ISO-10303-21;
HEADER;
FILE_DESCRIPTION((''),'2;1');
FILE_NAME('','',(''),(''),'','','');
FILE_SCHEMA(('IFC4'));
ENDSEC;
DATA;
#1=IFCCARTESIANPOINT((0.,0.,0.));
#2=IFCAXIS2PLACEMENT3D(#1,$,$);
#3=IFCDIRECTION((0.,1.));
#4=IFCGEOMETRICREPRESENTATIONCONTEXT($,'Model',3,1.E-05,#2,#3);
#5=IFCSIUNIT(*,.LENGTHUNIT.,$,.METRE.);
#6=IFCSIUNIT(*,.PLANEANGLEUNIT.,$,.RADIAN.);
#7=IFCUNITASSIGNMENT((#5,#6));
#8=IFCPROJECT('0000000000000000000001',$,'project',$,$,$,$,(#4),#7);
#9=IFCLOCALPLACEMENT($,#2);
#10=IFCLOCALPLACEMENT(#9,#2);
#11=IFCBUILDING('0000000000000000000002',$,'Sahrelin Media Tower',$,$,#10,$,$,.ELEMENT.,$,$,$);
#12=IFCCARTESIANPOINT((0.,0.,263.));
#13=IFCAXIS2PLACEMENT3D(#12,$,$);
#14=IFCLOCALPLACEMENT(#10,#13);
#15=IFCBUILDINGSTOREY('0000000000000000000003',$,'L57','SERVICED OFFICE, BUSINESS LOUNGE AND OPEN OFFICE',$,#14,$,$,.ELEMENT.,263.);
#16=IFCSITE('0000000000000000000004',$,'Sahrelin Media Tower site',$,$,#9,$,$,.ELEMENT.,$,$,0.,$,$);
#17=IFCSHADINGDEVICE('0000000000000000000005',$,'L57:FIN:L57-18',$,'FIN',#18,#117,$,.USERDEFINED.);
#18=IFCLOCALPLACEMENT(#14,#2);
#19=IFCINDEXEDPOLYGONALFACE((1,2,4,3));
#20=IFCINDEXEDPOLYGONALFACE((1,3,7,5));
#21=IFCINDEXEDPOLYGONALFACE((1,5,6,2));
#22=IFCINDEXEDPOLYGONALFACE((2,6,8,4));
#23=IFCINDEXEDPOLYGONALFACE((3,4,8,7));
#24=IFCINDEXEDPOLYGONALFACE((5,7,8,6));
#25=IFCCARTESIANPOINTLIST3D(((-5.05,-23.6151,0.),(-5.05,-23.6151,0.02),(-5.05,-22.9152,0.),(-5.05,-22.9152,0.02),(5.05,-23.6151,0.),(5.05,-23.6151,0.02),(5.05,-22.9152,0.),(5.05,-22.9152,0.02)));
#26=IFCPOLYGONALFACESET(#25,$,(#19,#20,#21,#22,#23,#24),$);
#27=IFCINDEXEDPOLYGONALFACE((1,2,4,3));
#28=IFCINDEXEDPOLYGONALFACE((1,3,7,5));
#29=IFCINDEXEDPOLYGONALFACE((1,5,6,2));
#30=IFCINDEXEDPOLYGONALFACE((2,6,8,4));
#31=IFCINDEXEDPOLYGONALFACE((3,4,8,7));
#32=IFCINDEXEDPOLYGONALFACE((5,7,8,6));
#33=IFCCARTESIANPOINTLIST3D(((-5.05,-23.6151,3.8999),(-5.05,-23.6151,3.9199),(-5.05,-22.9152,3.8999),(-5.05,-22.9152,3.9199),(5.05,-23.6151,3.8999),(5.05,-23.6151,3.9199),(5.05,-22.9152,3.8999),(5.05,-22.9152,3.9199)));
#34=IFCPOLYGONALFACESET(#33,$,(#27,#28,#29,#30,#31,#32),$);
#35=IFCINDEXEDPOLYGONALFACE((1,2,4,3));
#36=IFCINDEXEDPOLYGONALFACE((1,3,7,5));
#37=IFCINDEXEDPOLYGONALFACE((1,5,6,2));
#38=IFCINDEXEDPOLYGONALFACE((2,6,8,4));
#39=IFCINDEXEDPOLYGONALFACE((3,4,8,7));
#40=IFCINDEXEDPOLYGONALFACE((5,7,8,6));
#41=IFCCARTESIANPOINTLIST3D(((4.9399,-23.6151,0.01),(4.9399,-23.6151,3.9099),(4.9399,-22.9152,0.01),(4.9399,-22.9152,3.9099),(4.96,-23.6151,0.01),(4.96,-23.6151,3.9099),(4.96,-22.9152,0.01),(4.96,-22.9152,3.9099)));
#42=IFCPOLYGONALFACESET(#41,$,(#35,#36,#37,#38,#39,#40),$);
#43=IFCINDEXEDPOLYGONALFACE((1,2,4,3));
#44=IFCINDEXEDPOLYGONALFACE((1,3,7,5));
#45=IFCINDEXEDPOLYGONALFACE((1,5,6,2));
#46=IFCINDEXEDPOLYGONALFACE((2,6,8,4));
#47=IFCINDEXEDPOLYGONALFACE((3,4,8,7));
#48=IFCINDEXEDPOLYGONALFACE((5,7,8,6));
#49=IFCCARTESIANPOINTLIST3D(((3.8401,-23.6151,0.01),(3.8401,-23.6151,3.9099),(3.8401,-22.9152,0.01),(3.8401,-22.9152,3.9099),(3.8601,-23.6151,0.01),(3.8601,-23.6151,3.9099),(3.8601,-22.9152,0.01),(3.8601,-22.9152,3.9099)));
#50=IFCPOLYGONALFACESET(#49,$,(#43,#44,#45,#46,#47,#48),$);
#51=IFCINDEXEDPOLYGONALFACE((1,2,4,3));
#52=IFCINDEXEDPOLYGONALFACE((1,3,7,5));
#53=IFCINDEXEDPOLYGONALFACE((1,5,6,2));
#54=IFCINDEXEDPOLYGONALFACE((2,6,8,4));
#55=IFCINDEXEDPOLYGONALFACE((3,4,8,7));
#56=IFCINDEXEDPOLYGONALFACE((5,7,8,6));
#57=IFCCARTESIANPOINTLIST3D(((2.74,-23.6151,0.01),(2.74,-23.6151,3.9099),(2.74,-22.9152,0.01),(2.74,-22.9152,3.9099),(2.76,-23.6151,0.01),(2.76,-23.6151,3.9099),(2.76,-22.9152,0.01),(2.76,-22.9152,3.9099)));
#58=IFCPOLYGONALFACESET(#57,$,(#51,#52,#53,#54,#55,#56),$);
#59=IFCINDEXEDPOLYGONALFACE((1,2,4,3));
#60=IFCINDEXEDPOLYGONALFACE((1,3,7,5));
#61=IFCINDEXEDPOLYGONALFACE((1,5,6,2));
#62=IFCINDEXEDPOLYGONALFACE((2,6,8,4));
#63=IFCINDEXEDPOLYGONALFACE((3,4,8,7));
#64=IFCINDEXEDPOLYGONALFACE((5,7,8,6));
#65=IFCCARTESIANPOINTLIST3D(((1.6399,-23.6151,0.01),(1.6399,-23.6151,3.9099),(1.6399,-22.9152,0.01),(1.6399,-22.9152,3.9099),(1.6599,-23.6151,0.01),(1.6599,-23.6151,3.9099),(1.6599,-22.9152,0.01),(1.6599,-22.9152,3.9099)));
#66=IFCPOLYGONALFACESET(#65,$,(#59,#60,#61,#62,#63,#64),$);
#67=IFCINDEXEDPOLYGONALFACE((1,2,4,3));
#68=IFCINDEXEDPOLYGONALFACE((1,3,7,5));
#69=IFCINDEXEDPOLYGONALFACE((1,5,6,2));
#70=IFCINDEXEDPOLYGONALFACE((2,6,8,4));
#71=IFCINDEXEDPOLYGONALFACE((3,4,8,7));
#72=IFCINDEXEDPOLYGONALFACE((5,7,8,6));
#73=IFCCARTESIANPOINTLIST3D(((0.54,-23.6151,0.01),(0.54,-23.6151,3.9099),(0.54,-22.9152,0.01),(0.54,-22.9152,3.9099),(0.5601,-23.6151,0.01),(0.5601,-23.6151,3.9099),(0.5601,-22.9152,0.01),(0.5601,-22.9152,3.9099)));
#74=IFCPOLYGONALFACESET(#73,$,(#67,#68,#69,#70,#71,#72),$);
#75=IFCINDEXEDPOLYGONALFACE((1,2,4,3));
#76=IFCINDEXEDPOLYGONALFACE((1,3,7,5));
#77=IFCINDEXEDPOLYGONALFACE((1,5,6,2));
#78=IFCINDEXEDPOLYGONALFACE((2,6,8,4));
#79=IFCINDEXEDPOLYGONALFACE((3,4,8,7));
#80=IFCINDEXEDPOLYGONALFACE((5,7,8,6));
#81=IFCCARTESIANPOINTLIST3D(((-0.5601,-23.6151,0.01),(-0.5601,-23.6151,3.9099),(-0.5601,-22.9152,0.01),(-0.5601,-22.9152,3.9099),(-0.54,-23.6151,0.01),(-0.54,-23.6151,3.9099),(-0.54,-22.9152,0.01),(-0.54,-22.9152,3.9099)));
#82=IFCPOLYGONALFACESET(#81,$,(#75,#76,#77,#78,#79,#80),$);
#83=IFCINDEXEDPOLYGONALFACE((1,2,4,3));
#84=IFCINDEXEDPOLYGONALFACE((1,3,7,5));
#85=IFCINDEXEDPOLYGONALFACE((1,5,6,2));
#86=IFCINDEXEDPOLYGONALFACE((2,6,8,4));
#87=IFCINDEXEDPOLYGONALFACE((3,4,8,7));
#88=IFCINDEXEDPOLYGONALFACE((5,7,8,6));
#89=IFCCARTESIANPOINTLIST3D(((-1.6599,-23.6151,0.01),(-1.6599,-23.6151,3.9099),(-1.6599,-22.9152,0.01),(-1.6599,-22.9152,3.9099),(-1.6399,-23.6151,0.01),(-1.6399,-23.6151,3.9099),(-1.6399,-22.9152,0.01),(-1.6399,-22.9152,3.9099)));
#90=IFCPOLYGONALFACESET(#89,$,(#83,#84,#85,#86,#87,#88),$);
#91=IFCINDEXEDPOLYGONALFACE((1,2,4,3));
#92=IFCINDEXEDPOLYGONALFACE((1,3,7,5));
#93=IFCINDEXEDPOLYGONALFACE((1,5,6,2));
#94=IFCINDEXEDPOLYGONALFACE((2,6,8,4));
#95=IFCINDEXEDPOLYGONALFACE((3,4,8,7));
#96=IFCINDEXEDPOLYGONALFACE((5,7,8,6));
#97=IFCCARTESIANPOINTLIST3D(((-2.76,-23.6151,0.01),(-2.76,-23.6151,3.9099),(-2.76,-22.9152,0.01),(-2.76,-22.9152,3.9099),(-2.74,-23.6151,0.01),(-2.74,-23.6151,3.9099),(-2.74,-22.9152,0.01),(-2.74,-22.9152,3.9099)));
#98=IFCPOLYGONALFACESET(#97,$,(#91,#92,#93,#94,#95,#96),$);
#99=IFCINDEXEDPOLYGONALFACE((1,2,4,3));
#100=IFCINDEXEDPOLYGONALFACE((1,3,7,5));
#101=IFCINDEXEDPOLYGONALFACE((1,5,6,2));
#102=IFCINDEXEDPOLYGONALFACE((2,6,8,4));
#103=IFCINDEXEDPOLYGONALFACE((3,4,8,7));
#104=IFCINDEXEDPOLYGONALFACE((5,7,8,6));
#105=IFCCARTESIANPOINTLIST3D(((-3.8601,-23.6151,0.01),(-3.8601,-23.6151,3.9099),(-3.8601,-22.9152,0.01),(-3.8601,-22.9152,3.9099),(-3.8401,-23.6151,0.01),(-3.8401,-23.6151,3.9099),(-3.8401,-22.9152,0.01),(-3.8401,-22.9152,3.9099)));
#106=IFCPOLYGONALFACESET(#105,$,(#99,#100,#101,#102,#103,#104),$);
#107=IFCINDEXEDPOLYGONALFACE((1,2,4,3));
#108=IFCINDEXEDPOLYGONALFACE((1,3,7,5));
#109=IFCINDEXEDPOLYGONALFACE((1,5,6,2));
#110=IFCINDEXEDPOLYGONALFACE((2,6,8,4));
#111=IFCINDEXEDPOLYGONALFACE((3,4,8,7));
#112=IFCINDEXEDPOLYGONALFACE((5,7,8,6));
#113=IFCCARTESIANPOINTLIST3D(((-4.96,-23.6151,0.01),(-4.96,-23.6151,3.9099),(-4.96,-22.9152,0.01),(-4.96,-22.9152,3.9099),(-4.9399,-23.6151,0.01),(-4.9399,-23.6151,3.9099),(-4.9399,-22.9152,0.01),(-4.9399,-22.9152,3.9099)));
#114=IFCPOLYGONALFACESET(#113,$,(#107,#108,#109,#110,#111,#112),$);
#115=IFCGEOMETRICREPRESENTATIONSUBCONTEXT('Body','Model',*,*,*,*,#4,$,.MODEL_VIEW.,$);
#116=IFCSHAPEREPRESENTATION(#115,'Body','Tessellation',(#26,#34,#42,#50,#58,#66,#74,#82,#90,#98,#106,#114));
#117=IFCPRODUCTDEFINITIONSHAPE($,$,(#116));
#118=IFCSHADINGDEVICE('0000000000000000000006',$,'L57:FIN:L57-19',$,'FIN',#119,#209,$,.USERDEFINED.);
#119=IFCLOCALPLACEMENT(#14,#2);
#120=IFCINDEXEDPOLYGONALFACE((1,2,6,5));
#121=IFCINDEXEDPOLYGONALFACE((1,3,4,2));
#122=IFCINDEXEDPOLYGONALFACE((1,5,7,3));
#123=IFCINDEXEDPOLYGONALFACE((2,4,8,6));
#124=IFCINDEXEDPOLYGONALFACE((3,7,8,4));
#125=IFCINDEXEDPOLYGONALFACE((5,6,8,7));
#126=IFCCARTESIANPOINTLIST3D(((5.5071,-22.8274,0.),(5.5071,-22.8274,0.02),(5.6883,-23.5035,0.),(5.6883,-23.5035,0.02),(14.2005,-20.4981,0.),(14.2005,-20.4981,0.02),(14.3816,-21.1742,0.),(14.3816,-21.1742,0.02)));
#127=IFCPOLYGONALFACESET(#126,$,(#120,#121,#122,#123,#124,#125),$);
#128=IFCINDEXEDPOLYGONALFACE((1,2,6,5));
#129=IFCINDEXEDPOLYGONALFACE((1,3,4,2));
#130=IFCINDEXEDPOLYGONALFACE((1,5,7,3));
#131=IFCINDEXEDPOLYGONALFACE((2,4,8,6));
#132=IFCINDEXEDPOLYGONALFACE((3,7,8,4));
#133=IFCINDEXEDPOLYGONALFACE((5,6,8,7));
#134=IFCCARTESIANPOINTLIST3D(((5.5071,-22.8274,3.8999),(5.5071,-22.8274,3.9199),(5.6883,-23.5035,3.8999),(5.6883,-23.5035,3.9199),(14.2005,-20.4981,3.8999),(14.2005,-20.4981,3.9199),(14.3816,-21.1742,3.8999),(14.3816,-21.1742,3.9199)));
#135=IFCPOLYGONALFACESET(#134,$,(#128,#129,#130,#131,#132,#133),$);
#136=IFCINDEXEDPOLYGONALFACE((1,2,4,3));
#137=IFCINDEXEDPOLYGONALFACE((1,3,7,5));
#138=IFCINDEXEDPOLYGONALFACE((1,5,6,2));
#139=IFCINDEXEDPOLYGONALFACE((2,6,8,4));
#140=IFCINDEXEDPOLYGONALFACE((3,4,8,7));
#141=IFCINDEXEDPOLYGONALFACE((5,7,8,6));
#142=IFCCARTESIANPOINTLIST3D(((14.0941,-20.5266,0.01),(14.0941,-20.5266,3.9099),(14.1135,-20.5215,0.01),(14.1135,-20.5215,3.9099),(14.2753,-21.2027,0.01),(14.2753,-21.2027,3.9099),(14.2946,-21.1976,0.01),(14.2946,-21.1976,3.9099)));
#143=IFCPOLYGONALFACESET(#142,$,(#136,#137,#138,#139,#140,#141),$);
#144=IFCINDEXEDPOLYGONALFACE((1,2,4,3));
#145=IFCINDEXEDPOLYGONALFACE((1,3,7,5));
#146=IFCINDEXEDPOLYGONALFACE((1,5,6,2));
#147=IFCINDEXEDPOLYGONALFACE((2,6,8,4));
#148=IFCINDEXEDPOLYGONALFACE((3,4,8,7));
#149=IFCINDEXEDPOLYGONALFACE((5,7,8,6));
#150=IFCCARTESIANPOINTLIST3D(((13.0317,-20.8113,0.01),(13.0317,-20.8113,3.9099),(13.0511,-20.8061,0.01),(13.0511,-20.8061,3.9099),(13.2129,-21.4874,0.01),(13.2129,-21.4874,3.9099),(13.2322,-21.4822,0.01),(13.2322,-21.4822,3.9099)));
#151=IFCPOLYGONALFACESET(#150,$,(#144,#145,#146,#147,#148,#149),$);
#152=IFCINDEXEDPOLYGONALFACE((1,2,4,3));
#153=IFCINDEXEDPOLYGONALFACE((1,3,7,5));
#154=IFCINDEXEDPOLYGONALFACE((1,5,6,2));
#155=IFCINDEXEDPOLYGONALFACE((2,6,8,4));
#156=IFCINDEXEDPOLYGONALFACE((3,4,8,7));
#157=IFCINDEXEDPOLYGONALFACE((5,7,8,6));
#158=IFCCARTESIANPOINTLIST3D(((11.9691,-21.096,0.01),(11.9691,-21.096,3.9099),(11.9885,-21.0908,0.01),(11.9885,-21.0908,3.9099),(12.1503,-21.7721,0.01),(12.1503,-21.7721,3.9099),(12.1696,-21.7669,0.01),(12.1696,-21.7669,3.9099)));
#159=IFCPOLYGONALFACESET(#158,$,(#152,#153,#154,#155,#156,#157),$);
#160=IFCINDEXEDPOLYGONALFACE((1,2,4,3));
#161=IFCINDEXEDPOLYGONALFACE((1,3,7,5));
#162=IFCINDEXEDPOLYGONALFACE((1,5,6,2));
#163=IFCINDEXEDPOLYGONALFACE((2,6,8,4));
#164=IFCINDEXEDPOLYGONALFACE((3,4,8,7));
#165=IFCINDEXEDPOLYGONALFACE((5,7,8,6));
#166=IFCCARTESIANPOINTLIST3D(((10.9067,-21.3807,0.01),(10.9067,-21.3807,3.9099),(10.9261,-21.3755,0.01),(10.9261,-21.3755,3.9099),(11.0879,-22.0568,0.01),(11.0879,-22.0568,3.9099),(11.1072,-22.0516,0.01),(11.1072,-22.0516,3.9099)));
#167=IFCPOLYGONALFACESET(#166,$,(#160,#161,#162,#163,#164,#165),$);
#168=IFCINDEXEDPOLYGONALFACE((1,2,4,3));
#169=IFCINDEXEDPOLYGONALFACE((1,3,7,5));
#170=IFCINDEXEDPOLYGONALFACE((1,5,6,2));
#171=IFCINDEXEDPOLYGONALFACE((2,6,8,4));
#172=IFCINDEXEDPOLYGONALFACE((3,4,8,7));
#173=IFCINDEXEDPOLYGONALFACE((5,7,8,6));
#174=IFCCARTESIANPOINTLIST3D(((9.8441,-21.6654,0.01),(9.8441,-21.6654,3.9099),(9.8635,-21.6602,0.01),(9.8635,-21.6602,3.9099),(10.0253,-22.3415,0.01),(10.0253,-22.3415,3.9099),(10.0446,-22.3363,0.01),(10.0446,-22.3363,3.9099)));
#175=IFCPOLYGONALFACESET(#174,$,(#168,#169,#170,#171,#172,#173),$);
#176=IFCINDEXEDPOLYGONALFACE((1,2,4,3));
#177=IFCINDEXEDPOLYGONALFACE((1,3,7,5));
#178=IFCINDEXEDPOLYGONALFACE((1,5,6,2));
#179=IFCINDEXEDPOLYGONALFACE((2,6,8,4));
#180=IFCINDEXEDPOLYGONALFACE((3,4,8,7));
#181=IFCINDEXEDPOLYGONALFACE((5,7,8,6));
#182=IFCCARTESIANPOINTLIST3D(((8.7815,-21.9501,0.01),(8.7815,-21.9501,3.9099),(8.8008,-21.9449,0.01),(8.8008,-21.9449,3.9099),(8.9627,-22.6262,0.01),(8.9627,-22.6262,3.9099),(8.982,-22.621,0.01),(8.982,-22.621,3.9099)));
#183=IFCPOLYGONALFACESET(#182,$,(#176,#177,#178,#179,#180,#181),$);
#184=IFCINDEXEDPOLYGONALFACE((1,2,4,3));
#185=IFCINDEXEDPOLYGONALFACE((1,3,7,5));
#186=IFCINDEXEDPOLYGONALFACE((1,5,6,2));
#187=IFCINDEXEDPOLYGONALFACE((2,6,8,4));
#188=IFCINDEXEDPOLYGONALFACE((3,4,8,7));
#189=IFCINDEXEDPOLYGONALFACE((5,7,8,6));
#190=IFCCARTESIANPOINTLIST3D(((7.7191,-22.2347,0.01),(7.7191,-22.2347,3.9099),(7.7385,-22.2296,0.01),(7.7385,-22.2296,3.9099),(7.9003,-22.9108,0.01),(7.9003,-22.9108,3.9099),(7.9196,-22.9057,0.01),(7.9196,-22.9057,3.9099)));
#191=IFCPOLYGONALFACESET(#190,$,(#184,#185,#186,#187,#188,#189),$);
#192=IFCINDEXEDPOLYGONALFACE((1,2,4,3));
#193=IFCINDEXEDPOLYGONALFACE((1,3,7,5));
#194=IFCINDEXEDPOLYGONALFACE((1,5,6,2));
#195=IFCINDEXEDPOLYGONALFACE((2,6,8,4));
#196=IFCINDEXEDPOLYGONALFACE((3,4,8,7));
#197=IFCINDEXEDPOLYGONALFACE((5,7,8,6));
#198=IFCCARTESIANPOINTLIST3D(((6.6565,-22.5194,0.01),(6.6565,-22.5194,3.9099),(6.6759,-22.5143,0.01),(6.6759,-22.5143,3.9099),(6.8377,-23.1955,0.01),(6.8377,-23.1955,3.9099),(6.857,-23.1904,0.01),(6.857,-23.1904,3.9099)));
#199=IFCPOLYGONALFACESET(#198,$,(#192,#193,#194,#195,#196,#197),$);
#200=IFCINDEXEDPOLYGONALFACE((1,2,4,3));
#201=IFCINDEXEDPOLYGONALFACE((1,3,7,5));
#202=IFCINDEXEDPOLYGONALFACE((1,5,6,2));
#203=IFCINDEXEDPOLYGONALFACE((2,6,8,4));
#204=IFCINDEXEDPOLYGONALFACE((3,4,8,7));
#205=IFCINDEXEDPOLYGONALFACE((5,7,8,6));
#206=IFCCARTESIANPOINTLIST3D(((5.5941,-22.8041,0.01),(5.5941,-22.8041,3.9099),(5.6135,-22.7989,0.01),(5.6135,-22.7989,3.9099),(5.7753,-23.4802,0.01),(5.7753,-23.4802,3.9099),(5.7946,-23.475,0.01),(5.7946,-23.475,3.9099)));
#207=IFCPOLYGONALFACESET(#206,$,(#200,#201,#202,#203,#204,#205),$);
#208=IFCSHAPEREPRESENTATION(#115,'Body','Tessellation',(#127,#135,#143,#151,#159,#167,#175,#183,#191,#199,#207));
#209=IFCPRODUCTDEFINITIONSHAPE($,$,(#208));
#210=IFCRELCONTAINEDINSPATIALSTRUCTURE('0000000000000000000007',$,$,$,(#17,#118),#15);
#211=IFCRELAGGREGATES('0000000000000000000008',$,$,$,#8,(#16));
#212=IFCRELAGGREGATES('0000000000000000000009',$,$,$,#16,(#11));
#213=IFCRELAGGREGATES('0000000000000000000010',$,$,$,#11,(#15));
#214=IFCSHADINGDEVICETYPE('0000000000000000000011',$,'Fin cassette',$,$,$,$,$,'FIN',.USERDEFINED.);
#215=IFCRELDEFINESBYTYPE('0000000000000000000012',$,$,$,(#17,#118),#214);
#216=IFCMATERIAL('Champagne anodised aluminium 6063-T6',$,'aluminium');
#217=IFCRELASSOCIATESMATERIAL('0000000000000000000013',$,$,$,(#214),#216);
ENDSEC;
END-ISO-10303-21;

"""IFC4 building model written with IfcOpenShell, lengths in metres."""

from ifc_helpers import new_model, si_unit, direction, frame, origin, origin_2d, place, context, subcontext, project, spatial, rectangle, extrude, material, type_object, element, save


model = new_model("IFC4")

# Units and contexts
model_context = context("Model", 3, precision=1e-05, world=origin(), true_north=direction((0.0, 1.0)))
body_context = subcontext(model_context, "Body", "Model", "MODEL_VIEW")
ifc_project = project(units=[si_unit("LENGTHUNIT", "METRE"), si_unit("PLANEANGLEUNIT", "RADIAN")], contexts=[model_context])

# Site, building, storey
site_placement = place(None, origin())
site = spatial("IfcSite", under=ifc_project, at=site_placement, Name="Sahrelin Media Tower site", CompositionType="ELEMENT", RefElevation=0.0)
building_placement = place(site_placement, origin())
building = spatial("IfcBuilding", under=site, at=building_placement, Name="Sahrelin Media Tower", CompositionType="ELEMENT")
storey_placement = place(building_placement, frame((0.0, 0.0, 263.0)))
storey = spatial("IfcBuildingStorey", under=building, at=storey_placement, Name="L57", Description="SERVICED OFFICE, BUSINESS LOUNGE AND OPEN OFFICE", CompositionType="ELEMENT", Elevation=263.0)

# Shared definitions
ifc_material_1 = material(Name="Champagne anodised aluminium 6063-T6", Category="aluminium")

# Shading devices
shading_device_type_1 = type_object("IfcShadingDeviceType", Name="Fin cassette", ElementType="FIN", PredefinedType="USERDEFINED", material=ifc_material_1)
placement_1 = place(storey_placement, frame((0.0, -22.8452, 0.0), z_axis=(0.0, 0.0, 1.0), x_axis=(-1.0, 0.0, 0.0)))
element("IfcShadingDevice", 1, at=placement_1, inside=storey, type_object=shading_device_type_1, Name="L57:FIN:L57-18", ObjectType="FIN", PredefinedType="USERDEFINED", context=body_context, shape_type="SweptSolid", body=[
    extrude(rectangle(XDim=10.1001, YDim=0.7, at=origin_2d()), frame((0.0, 0.4199, 0.0)), (0.0, 0.0, 1.0), 0.02),
    extrude(rectangle(XDim=10.1001, YDim=0.7, at=origin_2d()), frame((0.0, 0.4199, 3.8999)), (0.0, 0.0, 1.0), 0.02),
    extrude(rectangle(XDim=0.02, YDim=0.7, at=origin_2d()), frame((-4.95, 0.4199, 0.01), z_axis=(0.0, 0.0, 1.0), x_axis=(1.0, 0.0, 0.0)), (0.0, 0.0, 1.0), 3.8999),
    extrude(rectangle(XDim=0.02, YDim=0.7, at=origin_2d()), frame((-3.8501, 0.4199, 0.01), z_axis=(0.0, 0.0, 1.0), x_axis=(1.0, 0.0, 0.0)), (0.0, 0.0, 1.0), 3.8999),
    extrude(rectangle(XDim=0.02, YDim=0.7, at=origin_2d()), frame((-2.75, 0.4199, 0.01), z_axis=(0.0, 0.0, 1.0), x_axis=(1.0, 0.0, 0.0)), (0.0, 0.0, 1.0), 3.8999),
    extrude(rectangle(XDim=0.02, YDim=0.7, at=origin_2d()), frame((-1.6499, 0.4199, 0.01), z_axis=(0.0, 0.0, 1.0), x_axis=(1.0, 0.0, 0.0)), (0.0, 0.0, 1.0), 3.8999),
    extrude(rectangle(XDim=0.02, YDim=0.7, at=origin_2d()), frame((-0.55, 0.4199, 0.01), z_axis=(0.0, 0.0, 1.0), x_axis=(1.0, 0.0, 0.0)), (0.0, 0.0, 1.0), 3.8999),
    extrude(rectangle(XDim=0.02, YDim=0.7, at=origin_2d()), frame((0.55, 0.4199, 0.01), z_axis=(0.0, 0.0, 1.0), x_axis=(1.0, 0.0, 0.0)), (0.0, 0.0, 1.0), 3.8999),
    extrude(rectangle(XDim=0.02, YDim=0.7, at=origin_2d()), frame((1.6499, 0.4199, 0.01), z_axis=(0.0, 0.0, 1.0), x_axis=(1.0, 0.0, 0.0)), (0.0, 0.0, 1.0), 3.8999),
    extrude(rectangle(XDim=0.02, YDim=0.7, at=origin_2d()), frame((2.75, 0.4199, 0.01), z_axis=(0.0, 0.0, 1.0), x_axis=(1.0, 0.0, 0.0)), (0.0, 0.0, 1.0), 3.8999),
    extrude(rectangle(XDim=0.02, YDim=0.7, at=origin_2d()), frame((3.8501, 0.4199, 0.01), z_axis=(0.0, 0.0, 1.0), x_axis=(1.0, 0.0, 0.0)), (0.0, 0.0, 1.0), 3.8999),
    extrude(rectangle(XDim=0.02, YDim=0.7, at=origin_2d()), frame((4.95, 0.4199, 0.01), z_axis=(0.0, 0.0, 1.0), x_axis=(1.0, 0.0, 0.0)), (0.0, 0.0, 1.0), 3.8999),
])
placement_2 = place(storey_placement, frame((9.8357, -21.5952, 0.0), z_axis=(0.0, 0.0, 1.0), x_axis=(-0.965929, -0.258808, 0.0)))
element("IfcShadingDevice", 2, at=placement_2, inside=storey, type_object=shading_device_type_1, Name="L57:FIN:L57-19", ObjectType="FIN", PredefinedType="USERDEFINED", context=body_context, shape_type="SweptSolid", body=[
    extrude(rectangle(XDim=9.0, YDim=0.7, at=origin_2d()), frame((0.0, 0.4199, 0.0)), (0.0, 0.0, 1.0), 0.02),
    extrude(rectangle(XDim=9.0, YDim=0.7, at=origin_2d()), frame((0.0, 0.4199, 3.8999)), (0.0, 0.0, 1.0), 0.02),
    extrude(rectangle(XDim=0.02, YDim=0.7, at=origin_2d()), frame((-4.3999, 0.4199, 0.01), z_axis=(0.0, 0.0, 1.0), x_axis=(1.0, 0.0, 0.0)), (0.0, 0.0, 1.0), 3.8999),
    extrude(rectangle(XDim=0.02, YDim=0.7, at=origin_2d()), frame((-3.3, 0.4199, 0.01), z_axis=(0.0, 0.0, 1.0), x_axis=(1.0, 0.0, 0.0)), (0.0, 0.0, 1.0), 3.8999),
    extrude(rectangle(XDim=0.02, YDim=0.7, at=origin_2d()), frame((-2.2, 0.4199, 0.01), z_axis=(0.0, 0.0, 1.0), x_axis=(1.0, 0.0, 0.0)), (0.0, 0.0, 1.0), 3.8999),
    extrude(rectangle(XDim=0.02, YDim=0.7, at=origin_2d()), frame((-1.1001, 0.4199, 0.01), z_axis=(0.0, 0.0, 1.0), x_axis=(1.0, 0.0, 0.0)), (0.0, 0.0, 1.0), 3.8999),
    extrude(rectangle(XDim=0.02, YDim=0.7, at=origin_2d()), frame((0.0, 0.4199, 0.01), z_axis=(0.0, 0.0, 1.0), x_axis=(1.0, 0.0, 0.0)), (0.0, 0.0, 1.0), 3.8999),
    extrude(rectangle(XDim=0.02, YDim=0.7, at=origin_2d()), frame((1.1001, 0.4199, 0.01), z_axis=(0.0, 0.0, 1.0), x_axis=(1.0, 0.0, 0.0)), (0.0, 0.0, 1.0), 3.8999),
    extrude(rectangle(XDim=0.02, YDim=0.7, at=origin_2d()), frame((2.2, 0.4199, 0.01), z_axis=(0.0, 0.0, 1.0), x_axis=(1.0, 0.0, 0.0)), (0.0, 0.0, 1.0), 3.8999),
    extrude(rectangle(XDim=0.02, YDim=0.7, at=origin_2d()), frame((3.3, 0.4199, 0.01), z_axis=(0.0, 0.0, 1.0), x_axis=(1.0, 0.0, 0.0)), (0.0, 0.0, 1.0), 3.8999),
    extrude(rectangle(XDim=0.02, YDim=0.7, at=origin_2d()), frame((4.3999, 0.4199, 0.01), z_axis=(0.0, 0.0, 1.0), x_axis=(1.0, 0.0, 0.0)), (0.0, 0.0, 1.0), 3.8999),
])

save(model, "model.ifc")
